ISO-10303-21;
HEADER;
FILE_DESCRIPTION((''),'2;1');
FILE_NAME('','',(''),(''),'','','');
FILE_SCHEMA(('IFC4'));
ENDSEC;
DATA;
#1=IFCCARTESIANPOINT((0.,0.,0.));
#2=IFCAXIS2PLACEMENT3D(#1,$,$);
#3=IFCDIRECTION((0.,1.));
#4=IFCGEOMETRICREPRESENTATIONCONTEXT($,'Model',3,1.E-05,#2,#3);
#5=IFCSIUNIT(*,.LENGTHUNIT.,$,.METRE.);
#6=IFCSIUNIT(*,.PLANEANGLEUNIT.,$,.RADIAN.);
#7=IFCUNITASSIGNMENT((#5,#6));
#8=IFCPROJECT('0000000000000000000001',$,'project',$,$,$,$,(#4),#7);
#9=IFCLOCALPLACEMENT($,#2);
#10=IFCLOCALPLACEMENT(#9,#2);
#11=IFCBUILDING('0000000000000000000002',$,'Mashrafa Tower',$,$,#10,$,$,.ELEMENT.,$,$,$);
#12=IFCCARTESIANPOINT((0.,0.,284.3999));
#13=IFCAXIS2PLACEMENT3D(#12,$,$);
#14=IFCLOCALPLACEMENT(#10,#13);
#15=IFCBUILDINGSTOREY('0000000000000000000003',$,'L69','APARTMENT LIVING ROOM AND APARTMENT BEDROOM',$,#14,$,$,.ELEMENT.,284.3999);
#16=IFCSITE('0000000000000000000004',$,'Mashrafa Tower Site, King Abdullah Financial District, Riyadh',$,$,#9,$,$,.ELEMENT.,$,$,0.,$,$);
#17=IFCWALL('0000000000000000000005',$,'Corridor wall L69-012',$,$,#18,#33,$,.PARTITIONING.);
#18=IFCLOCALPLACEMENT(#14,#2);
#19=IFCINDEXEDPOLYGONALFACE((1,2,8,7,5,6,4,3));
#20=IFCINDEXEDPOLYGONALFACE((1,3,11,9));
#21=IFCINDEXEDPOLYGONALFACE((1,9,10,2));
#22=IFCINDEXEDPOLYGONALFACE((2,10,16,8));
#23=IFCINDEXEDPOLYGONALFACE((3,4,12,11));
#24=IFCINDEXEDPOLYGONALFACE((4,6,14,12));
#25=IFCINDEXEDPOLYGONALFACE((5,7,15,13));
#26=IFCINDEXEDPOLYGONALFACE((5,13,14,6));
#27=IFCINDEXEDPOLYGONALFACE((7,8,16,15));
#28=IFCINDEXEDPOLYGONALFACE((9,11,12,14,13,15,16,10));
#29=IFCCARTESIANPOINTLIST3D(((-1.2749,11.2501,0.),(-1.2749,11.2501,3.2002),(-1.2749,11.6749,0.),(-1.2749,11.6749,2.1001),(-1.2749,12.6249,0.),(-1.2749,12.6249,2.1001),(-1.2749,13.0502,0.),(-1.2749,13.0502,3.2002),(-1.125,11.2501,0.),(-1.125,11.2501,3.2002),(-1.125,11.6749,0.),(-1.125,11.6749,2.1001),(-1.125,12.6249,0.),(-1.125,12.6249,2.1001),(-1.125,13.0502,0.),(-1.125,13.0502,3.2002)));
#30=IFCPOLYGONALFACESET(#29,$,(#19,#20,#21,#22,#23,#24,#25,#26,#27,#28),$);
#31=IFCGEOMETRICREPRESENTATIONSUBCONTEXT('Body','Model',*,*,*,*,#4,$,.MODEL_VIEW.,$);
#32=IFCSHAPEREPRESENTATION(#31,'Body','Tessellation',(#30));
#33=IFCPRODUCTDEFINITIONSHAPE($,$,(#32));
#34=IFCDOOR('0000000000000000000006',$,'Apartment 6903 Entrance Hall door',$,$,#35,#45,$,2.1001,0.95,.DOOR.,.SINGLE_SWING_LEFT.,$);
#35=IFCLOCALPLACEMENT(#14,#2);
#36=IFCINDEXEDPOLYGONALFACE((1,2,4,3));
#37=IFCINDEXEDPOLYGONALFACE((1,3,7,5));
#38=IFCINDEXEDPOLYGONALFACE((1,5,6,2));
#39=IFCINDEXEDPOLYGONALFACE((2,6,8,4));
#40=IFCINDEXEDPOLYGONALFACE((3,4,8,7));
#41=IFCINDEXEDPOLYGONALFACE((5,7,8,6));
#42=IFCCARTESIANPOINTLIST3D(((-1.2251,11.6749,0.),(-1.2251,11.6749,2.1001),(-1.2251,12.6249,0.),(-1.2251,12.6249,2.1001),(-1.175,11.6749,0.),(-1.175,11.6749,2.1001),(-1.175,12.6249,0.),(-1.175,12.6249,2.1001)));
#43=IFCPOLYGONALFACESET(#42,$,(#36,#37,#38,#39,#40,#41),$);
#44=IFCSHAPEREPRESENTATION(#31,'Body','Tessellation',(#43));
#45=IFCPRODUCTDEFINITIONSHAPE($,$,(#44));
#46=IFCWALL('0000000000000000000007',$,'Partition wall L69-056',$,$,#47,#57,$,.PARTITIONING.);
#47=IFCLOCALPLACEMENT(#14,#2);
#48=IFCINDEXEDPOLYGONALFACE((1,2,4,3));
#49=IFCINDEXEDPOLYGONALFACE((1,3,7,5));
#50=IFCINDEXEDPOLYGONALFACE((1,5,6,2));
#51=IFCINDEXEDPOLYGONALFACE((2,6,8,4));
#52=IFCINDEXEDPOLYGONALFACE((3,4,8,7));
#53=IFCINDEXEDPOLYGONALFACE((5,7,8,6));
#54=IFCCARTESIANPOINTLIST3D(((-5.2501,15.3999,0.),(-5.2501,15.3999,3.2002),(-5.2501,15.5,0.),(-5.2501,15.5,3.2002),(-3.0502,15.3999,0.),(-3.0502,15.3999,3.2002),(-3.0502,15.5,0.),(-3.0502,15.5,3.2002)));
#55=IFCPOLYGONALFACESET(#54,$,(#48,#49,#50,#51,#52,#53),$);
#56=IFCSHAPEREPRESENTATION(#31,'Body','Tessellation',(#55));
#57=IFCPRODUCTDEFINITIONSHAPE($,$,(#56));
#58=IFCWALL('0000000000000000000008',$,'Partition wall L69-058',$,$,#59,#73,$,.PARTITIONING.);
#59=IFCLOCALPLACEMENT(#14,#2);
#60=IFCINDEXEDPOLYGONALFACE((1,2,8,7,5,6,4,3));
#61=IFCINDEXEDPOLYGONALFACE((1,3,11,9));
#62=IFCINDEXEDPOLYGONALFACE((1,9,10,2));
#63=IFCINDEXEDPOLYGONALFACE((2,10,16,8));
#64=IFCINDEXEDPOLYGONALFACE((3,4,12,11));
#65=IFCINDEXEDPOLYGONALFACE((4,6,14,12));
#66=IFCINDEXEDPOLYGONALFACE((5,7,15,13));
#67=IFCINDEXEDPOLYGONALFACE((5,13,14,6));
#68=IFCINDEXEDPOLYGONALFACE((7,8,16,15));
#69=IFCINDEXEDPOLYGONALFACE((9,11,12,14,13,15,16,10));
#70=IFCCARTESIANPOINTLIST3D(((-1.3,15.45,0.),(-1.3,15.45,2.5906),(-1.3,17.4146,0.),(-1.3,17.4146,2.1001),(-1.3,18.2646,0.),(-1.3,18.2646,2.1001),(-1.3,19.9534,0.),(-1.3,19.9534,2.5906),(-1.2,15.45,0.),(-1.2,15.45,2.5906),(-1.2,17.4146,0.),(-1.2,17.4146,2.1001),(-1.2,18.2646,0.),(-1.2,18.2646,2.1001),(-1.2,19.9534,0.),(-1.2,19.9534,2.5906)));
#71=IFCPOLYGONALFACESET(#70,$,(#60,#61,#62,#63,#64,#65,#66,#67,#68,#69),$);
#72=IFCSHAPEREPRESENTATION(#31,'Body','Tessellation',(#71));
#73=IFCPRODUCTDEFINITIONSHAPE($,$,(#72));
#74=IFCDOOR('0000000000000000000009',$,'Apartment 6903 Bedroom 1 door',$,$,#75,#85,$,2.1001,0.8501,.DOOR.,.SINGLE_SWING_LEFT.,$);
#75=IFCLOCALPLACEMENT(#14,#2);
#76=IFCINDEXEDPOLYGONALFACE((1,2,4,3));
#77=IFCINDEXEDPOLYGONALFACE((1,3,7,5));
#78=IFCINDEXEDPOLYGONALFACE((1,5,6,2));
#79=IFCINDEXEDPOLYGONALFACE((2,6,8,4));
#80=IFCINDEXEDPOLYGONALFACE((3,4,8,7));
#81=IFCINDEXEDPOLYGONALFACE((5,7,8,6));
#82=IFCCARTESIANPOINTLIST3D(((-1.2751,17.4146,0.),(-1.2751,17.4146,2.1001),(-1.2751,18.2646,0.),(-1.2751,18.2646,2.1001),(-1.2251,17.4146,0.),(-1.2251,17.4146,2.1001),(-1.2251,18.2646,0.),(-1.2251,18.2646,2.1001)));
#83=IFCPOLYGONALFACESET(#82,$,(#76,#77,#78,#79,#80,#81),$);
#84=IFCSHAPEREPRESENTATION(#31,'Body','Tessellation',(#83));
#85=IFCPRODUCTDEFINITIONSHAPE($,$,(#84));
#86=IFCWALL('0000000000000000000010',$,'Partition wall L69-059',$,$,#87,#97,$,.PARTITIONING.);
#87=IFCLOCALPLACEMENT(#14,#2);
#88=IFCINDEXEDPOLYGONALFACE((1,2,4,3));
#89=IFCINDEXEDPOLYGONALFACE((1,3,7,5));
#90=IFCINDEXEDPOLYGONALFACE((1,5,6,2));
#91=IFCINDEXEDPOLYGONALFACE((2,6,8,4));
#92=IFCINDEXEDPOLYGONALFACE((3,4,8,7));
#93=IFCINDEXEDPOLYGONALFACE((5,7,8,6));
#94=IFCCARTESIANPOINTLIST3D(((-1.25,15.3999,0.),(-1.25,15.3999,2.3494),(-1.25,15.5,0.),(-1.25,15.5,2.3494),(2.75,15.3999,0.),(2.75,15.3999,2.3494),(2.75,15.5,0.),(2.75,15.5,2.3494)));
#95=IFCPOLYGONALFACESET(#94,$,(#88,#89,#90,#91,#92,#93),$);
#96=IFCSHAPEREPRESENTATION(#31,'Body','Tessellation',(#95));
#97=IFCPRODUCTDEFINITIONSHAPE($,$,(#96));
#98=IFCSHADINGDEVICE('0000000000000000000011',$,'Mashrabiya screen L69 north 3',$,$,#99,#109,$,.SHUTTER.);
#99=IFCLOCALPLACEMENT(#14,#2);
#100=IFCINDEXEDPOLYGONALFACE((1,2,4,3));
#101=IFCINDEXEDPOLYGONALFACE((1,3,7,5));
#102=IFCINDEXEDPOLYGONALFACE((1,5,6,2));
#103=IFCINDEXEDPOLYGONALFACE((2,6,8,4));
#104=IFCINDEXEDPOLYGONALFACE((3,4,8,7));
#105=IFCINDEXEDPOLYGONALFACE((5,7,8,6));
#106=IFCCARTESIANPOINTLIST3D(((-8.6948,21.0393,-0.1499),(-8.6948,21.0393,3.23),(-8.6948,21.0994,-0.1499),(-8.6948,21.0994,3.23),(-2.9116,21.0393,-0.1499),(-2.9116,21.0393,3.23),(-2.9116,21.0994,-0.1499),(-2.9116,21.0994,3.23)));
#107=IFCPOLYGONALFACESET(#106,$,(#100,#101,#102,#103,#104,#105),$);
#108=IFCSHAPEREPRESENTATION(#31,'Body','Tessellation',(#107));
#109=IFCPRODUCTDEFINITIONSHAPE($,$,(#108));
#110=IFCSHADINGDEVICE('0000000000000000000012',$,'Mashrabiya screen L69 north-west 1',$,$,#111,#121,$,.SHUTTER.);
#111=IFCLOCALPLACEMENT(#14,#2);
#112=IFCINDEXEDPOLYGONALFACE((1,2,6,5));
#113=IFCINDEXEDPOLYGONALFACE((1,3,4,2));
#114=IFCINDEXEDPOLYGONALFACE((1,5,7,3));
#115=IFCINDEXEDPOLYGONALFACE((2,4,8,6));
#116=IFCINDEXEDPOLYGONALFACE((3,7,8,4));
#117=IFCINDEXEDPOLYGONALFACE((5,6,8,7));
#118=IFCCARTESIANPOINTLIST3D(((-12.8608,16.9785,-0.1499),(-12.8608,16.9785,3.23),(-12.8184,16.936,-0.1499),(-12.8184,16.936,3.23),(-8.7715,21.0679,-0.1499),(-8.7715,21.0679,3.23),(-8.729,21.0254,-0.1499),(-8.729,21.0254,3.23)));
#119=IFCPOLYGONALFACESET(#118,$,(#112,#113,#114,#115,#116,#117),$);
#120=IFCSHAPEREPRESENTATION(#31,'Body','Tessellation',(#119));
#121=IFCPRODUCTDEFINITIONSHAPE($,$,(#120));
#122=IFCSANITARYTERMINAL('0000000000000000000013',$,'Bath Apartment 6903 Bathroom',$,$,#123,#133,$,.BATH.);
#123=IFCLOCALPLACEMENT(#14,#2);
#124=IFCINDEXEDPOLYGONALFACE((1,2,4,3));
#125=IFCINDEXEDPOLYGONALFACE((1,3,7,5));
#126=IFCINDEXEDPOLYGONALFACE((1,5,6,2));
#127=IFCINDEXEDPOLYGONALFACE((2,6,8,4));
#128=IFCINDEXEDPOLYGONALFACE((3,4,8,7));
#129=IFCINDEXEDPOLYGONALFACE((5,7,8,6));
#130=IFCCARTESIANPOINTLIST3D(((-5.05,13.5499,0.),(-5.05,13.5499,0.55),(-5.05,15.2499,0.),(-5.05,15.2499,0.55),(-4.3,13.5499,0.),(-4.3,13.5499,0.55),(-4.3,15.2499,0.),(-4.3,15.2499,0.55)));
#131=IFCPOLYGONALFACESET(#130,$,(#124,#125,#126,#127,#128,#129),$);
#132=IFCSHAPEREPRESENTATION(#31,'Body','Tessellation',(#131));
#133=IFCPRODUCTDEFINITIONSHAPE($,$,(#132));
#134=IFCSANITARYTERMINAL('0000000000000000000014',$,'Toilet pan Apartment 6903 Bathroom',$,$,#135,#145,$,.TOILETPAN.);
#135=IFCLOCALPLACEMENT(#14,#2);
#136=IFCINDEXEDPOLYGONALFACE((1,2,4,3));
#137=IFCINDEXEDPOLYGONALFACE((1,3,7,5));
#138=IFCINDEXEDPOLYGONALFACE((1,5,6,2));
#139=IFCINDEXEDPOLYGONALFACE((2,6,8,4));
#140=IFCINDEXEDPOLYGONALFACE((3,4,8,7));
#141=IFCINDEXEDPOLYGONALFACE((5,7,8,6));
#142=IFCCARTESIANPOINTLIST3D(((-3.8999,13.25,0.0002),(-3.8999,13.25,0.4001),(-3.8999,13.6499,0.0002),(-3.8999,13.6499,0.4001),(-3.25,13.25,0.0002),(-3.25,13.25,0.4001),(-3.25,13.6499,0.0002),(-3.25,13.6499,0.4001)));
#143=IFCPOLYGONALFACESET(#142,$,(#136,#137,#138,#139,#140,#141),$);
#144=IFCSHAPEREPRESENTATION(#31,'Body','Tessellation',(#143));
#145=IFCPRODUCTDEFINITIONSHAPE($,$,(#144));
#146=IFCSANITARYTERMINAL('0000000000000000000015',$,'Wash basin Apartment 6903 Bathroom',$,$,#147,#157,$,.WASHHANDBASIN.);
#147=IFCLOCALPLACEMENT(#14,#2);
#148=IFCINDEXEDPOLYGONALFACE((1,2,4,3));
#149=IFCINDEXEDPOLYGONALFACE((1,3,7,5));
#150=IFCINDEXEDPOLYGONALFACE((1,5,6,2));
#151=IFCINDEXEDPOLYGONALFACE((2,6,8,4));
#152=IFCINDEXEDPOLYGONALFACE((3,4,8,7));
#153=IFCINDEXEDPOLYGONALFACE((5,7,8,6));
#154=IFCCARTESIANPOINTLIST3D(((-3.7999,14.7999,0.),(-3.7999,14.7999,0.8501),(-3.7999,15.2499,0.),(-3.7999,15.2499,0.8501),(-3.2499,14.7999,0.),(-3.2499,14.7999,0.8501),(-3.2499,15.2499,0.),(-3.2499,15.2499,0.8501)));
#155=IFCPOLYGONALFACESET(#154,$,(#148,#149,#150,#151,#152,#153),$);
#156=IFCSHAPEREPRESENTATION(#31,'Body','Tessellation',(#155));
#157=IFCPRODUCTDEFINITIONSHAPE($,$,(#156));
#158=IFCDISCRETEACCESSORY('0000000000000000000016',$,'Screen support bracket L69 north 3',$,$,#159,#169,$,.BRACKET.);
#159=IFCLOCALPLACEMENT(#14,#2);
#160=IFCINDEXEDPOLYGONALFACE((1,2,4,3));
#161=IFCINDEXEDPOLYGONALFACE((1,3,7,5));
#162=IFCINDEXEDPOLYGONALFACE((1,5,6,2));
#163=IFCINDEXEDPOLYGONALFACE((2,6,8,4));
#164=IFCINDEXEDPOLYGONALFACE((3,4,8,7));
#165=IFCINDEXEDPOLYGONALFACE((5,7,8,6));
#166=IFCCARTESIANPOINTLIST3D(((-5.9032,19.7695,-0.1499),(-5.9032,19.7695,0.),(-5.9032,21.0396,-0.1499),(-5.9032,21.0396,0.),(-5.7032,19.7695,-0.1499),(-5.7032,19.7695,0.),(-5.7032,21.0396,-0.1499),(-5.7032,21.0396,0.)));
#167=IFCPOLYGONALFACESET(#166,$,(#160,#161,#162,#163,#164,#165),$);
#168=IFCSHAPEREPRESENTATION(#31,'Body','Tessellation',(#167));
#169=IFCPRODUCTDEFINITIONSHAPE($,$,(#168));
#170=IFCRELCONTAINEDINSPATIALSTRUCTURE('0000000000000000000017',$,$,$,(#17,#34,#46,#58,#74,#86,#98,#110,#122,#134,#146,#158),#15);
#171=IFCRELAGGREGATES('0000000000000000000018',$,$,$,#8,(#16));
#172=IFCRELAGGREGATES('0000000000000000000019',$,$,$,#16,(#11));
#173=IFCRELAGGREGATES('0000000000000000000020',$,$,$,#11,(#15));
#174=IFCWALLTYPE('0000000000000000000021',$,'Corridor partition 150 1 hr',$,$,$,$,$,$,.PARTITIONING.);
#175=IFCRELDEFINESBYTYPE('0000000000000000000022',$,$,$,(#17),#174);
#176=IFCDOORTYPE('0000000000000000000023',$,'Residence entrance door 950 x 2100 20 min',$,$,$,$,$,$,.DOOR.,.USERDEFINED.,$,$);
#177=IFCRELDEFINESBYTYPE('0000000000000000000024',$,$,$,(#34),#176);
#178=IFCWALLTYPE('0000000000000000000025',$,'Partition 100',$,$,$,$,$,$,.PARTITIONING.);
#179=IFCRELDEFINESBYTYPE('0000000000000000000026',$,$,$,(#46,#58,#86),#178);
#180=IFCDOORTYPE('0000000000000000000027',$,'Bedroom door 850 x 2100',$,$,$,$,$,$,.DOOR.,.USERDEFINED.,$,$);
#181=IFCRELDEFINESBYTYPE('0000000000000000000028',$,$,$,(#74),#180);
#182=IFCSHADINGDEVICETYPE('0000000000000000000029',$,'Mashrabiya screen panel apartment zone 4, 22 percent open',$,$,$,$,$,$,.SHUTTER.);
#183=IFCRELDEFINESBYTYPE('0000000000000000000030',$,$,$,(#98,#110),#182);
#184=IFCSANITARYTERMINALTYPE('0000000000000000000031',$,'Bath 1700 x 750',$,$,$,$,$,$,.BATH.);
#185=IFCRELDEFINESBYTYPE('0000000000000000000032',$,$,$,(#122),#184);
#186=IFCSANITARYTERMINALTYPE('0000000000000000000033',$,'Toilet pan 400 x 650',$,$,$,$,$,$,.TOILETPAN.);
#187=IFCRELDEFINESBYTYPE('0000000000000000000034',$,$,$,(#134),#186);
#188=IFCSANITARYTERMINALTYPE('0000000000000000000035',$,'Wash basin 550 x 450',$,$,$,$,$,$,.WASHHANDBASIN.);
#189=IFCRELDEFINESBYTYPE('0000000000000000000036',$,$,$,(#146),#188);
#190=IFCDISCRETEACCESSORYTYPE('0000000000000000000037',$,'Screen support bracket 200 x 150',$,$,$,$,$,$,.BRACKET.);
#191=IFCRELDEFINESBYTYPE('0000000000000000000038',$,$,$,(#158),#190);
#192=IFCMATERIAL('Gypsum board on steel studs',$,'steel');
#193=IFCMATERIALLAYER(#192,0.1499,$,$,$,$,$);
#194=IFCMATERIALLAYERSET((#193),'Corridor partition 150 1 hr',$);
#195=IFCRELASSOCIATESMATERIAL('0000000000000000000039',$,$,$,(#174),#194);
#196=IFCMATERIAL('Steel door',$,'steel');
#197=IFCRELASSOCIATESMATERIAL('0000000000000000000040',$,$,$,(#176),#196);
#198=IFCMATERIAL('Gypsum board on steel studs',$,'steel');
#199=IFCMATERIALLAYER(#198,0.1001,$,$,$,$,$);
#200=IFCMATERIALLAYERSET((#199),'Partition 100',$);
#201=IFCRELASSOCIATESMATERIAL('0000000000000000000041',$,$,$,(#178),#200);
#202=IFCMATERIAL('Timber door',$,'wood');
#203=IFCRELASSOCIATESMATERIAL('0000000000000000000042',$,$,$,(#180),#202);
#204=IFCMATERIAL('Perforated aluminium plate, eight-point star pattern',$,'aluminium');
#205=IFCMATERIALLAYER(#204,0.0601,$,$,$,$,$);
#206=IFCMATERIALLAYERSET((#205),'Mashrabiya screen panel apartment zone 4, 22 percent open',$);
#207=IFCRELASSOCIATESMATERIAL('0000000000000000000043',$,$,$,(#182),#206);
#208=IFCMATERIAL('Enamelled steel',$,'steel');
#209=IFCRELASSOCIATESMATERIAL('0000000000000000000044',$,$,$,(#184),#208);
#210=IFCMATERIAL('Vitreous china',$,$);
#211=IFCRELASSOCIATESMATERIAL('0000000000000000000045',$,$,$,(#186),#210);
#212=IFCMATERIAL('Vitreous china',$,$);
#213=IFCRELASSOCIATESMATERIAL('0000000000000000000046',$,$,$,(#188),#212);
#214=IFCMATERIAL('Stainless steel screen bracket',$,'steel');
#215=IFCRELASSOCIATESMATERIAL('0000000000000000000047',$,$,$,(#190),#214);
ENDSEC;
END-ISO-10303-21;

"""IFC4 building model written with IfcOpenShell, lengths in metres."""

from ifc_helpers import new_model, si_unit, direction, frame, frame_2d, origin, origin_2d, place, context, subcontext, project, spatial, rectangle, extrude, source, transform, mapped, material, layer, layer_set, type_object, type_shapes, element, fill, save


model = new_model("IFC4")

# Units and contexts
model_context = context("Model", 3, precision=1e-05, world=origin(), true_north=direction((0.0, 1.0)))
body_context = subcontext(model_context, "Body", "Model", "MODEL_VIEW")
ifc_project = project(units=[si_unit("LENGTHUNIT", "METRE"), si_unit("PLANEANGLEUNIT", "RADIAN")], contexts=[model_context])

# Site, building, storey
site_placement = place(None, origin())
site = spatial("IfcSite", under=ifc_project, at=site_placement, Name="Mashrafa Tower Site, King Abdullah Financial District, Riyadh", CompositionType="ELEMENT", RefElevation=0.0)
building_placement = place(site_placement, origin())
building = spatial("IfcBuilding", under=site, at=building_placement, Name="Mashrafa Tower", CompositionType="ELEMENT")
storey_placement = place(building_placement, frame((0.0, 0.0, 284.3999)))
storey = spatial("IfcBuildingStorey", under=building, at=storey_placement, Name="L69", Description="APARTMENT LIVING ROOM AND APARTMENT BEDROOM", CompositionType="ELEMENT", Elevation=284.3999)

# Wall, opening, door
ifc_material_1 = material(Name="Gypsum board on steel studs", Category="steel")
ifc_layer_1 = layer(ifc_material_1, 0.1499)
ifc_layer_set_1 = layer_set([ifc_layer_1], Name="Corridor partition 150 1 hr")
wall_type_1 = type_object("IfcWallType", Name="Corridor partition 150 1 hr", PredefinedType="PARTITIONING", material=ifc_layer_set_1)
wall_1_placement = place(storey_placement, frame((-1.2, 13.05, 0.0), z_axis=(0.0, 0.0, 1.0), x_axis=(0.0, -1.0, 0.0)))
wall_1 = element("IfcWall", 1, at=wall_1_placement, inside=storey, type_object=wall_type_1, Name="Corridor wall L69-012", PredefinedType="PARTITIONING", context=body_context, shape_type="SweptSolid", body=[
    extrude(rectangle(XDim=1.8, YDim=0.1499, at=frame_2d((0.8999, 0.0))), origin(), (0.0, 0.0, 1.0), 3.2002),
])
opening_1_placement = place(wall_1_placement, frame((0.425, 0.0, 0.0)))
opening_1 = element("IfcOpeningElement", 2, at=opening_1_placement, cuts=wall_1, PredefinedType="OPENING", context=body_context, shape_type="SweptSolid", body=[
    extrude(rectangle(XDim=0.95, YDim=2.1001, at=frame_2d((0.4751, 1.05))), frame((0.0, 0.085, 0.0), z_axis=(0.0, -1.0, 0.0), x_axis=(1.0, 0.0, 0.0)), (0.0, 0.0, 1.0), 0.1699),
])
ifc_material_2 = material(Name="Steel door", Category="steel")
door_type_1 = type_object("IfcDoorType", Name="Residence entrance door 950 x 2100 20 min", OperationType="USERDEFINED", PredefinedType="DOOR", material=ifc_material_2)
door_1_placement = place(opening_1_placement, origin())
door_1 = element("IfcDoor", 3, at=door_1_placement, inside=storey, type_object=door_type_1, Name="Apartment 6903 Entrance Hall door", OperationType="SINGLE_SWING_LEFT", OverallHeight=2.1001, OverallWidth=0.95, PredefinedType="DOOR", context=body_context, shape_type="SweptSolid", body=[
    extrude(rectangle(XDim=0.95, YDim=2.1001, at=frame_2d((0.4751, 1.05))), frame((0.0, 0.0249, 0.0), z_axis=(0.0, -1.0, 0.0), x_axis=(1.0, 0.0, 0.0)), (0.0, 0.0, 1.0), 0.05),
])
fill(opening_1, door_1)

# Wall
ifc_material_3 = material(Name="Gypsum board on steel studs", Category="steel")
ifc_layer_2 = layer(ifc_material_3, 0.1001)
ifc_layer_set_2 = layer_set([ifc_layer_2], Name="Partition 100")
wall_type_2 = type_object("IfcWallType", Name="Partition 100", PredefinedType="PARTITIONING", material=ifc_layer_set_2)
wall_2_placement = place(storey_placement, frame((-3.05, 15.45, 0.0), z_axis=(0.0, 0.0, 1.0), x_axis=(-1.0, 0.0, 0.0)))
element("IfcWall", 4, at=wall_2_placement, inside=storey, type_object=wall_type_2, Name="Partition wall L69-056", PredefinedType="PARTITIONING", context=body_context, shape_type="SweptSolid", body=[
    extrude(rectangle(XDim=2.2, YDim=0.1001, at=frame_2d((1.1001, 0.0))), origin(), (0.0, 0.0, 1.0), 3.2002),
])

# Wall, opening, door
wall_3_placement = place(storey_placement, frame((-1.25, 19.9534, 0.0), z_axis=(0.0, 0.0, 1.0), x_axis=(0.0, -1.0, 0.0)))
wall_3 = element("IfcWall", 5, at=wall_3_placement, inside=storey, type_object=wall_type_2, Name="Partition wall L69-058", PredefinedType="PARTITIONING", context=body_context, shape_type="SweptSolid", body=[
    extrude(rectangle(XDim=4.5034, YDim=0.1001, at=frame_2d((2.2517, 0.0))), origin(), (0.0, 0.0, 1.0), 2.5906),
])
opening_2_placement = place(wall_3_placement, frame((1.6887, 0.0, 0.0)))
opening_2 = element("IfcOpeningElement", 6, at=opening_2_placement, cuts=wall_3, PredefinedType="OPENING", context=body_context, shape_type="SweptSolid", body=[
    extrude(rectangle(XDim=0.8501, YDim=2.1001, at=frame_2d((0.425, 1.05))), frame((0.0, 0.0601, 0.0), z_axis=(0.0, -1.0, 0.0), x_axis=(1.0, 0.0, 0.0)), (0.0, 0.0, 1.0), 0.1201),
])
ifc_material_4 = material(Name="Timber door", Category="wood")
door_type_2 = type_object("IfcDoorType", Name="Bedroom door 850 x 2100", OperationType="USERDEFINED", PredefinedType="DOOR", material=ifc_material_4)
door_2_placement = place(opening_2_placement, origin())
door_2 = element("IfcDoor", 7, at=door_2_placement, inside=storey, type_object=door_type_2, Name="Apartment 6903 Bedroom 1 door", OperationType="SINGLE_SWING_LEFT", OverallHeight=2.1001, OverallWidth=0.8501, PredefinedType="DOOR", context=body_context, shape_type="SweptSolid", body=[
    extrude(rectangle(XDim=0.8501, YDim=2.1001, at=frame_2d((0.425, 1.05))), frame((0.0, 0.0249, 0.0), z_axis=(0.0, -1.0, 0.0), x_axis=(1.0, 0.0, 0.0)), (0.0, 0.0, 1.0), 0.05),
])
fill(opening_2, door_2)

# Wall
wall_4_placement = place(storey_placement, frame((-1.25, 15.45, 0.0), z_axis=(0.0, 0.0, 1.0), x_axis=(1.0, 0.0, 0.0)))
element("IfcWall", 8, at=wall_4_placement, inside=storey, type_object=wall_type_2, Name="Partition wall L69-059", PredefinedType="PARTITIONING", context=body_context, shape_type="SweptSolid", body=[
    extrude(rectangle(XDim=4.0, YDim=0.1001, at=frame_2d((2.0, 0.0))), origin(), (0.0, 0.0, 1.0), 2.3494),
])

# Shading devices
ifc_material_5 = material(Name="Perforated aluminium plate, eight-point star pattern", Category="aluminium")
ifc_layer_3 = layer(ifc_material_5, 0.0601)
ifc_layer_set_3 = layer_set([ifc_layer_3], Name="Mashrabiya screen panel apartment zone 4, 22 percent open")
shading_device_type = type_object("IfcShadingDeviceType", Name="Mashrabiya screen panel apartment zone 4, 22 percent open", PredefinedType="SHUTTER", material=ifc_layer_set_3)
shared_shape_1 = source(origin(), body_context, "Body", "SweptSolid", [
    extrude(rectangle(XDim=5.7832, YDim=0.0601, at=origin_2d()), origin(), (0.0, 0.0, 1.0), 3.3799),
])
type_shapes(shading_device_type, [shared_shape_1])
for number, where, z_axis, x_axis, name in (
    (9, (-5.8032, 21.0693, -0.1499), (0.0, 0.0, 1.0), (-1.0, 0.0, 0.0), "Mashrabiya screen L69 north 3"),
    (10, (-10.7949, 19.002, -0.1499), (0.0, 0.0, 1.0), (-0.707107, -0.707107, 0.0), "Mashrabiya screen L69 north-west 1"),
):
    element("IfcShadingDevice", number, at=place(storey_placement, frame(where, z_axis=z_axis, x_axis=x_axis)), inside=storey, type_object=shading_device_type, Name=name, PredefinedType="SHUTTER", context=body_context, shape_type="MappedRepresentation", body=[
        mapped(shared_shape_1, transform((0.0, 0.0, 0.0))),
    ])

# Sanitary terminals
ifc_material_6 = material(Name="Enamelled steel", Category="steel")
sanitary_terminal_type_1 = type_object("IfcSanitaryTerminalType", Name="Bath 1700 x 750", PredefinedType="BATH", material=ifc_material_6)
sanitary_terminal_1_placement = place(storey_placement, frame((-4.675, 14.3999, 0.0), z_axis=(0.0, 0.0, 1.0), x_axis=(0.0, -1.0, 0.0)))
element("IfcSanitaryTerminal", 11, at=sanitary_terminal_1_placement, inside=storey, type_object=sanitary_terminal_type_1, Name="Bath Apartment 6903 Bathroom", PredefinedType="BATH", context=body_context, shape_type="SweptSolid", body=[
    extrude(rectangle(XDim=1.7, YDim=0.75, at=origin_2d()), origin(), (0.0, 0.0, 1.0), 0.55),
])
ifc_material_7 = material(Name="Vitreous china")
sanitary_terminal_type_2 = type_object("IfcSanitaryTerminalType", Name="Toilet pan 400 x 650", PredefinedType="TOILETPAN", material=ifc_material_7)
sanitary_terminal_2_placement = place(storey_placement, frame((-3.575, 13.45, 0.0002), z_axis=(0.0, 0.0, 1.0), x_axis=(0.0, 1.0, 0.0)))
element("IfcSanitaryTerminal", 12, at=sanitary_terminal_2_placement, inside=storey, type_object=sanitary_terminal_type_2, Name="Toilet pan Apartment 6903 Bathroom", PredefinedType="TOILETPAN", context=body_context, shape_type="SweptSolid", body=[
    extrude(rectangle(XDim=0.3999, YDim=0.6499, at=origin_2d()), origin(), (0.0, 0.0, 1.0), 0.3999),
])
ifc_material_8 = material(Name="Vitreous china")
sanitary_terminal_type_3 = type_object("IfcSanitaryTerminalType", Name="Wash basin 550 x 450", PredefinedType="WASHHANDBASIN", material=ifc_material_8)
sanitary_terminal_3_placement = place(storey_placement, frame((-3.5249, 15.0249, 0.0), z_axis=(0.0, 0.0, 1.0), x_axis=(-1.0, 0.0, 0.0)))
element("IfcSanitaryTerminal", 13, at=sanitary_terminal_3_placement, inside=storey, type_object=sanitary_terminal_type_3, Name="Wash basin Apartment 6903 Bathroom", PredefinedType="WASHHANDBASIN", context=body_context, shape_type="SweptSolid", body=[
    extrude(rectangle(XDim=0.55, YDim=0.45, at=origin_2d()), origin(), (0.0, 0.0, 1.0), 0.8501),
])

# Discrete accessory
ifc_material_9 = material(Name="Stainless steel screen bracket", Category="steel")
discrete_accessory_type = type_object("IfcDiscreteAccessoryType", Name="Screen support bracket 200 x 150", PredefinedType="BRACKET", material=ifc_material_9)
shared_shape_2 = source(origin(), body_context, "Body", "SweptSolid", [
    extrude(rectangle(XDim=0.2, YDim=1.27, at=origin_2d()), origin(), (0.0, 0.0, 1.0), 0.1499),
])
type_shapes(discrete_accessory_type, [shared_shape_2])
for number, where, z_axis, x_axis, name in (
    (14, (-5.8032, 20.4045, -0.1499), (0.0, 0.0, 1.0), (-1.0, 0.0, 0.0), "Screen support bracket L69 north 3"),
):
    element("IfcDiscreteAccessory", number, at=place(storey_placement, frame(where, z_axis=z_axis, x_axis=x_axis)), inside=storey, type_object=discrete_accessory_type, Name=name, PredefinedType="BRACKET", context=body_context, shape_type="MappedRepresentation", body=[
        mapped(shared_shape_2, transform((0.0, 0.0, 0.0))),
    ])

save(model, "model.ifc")
